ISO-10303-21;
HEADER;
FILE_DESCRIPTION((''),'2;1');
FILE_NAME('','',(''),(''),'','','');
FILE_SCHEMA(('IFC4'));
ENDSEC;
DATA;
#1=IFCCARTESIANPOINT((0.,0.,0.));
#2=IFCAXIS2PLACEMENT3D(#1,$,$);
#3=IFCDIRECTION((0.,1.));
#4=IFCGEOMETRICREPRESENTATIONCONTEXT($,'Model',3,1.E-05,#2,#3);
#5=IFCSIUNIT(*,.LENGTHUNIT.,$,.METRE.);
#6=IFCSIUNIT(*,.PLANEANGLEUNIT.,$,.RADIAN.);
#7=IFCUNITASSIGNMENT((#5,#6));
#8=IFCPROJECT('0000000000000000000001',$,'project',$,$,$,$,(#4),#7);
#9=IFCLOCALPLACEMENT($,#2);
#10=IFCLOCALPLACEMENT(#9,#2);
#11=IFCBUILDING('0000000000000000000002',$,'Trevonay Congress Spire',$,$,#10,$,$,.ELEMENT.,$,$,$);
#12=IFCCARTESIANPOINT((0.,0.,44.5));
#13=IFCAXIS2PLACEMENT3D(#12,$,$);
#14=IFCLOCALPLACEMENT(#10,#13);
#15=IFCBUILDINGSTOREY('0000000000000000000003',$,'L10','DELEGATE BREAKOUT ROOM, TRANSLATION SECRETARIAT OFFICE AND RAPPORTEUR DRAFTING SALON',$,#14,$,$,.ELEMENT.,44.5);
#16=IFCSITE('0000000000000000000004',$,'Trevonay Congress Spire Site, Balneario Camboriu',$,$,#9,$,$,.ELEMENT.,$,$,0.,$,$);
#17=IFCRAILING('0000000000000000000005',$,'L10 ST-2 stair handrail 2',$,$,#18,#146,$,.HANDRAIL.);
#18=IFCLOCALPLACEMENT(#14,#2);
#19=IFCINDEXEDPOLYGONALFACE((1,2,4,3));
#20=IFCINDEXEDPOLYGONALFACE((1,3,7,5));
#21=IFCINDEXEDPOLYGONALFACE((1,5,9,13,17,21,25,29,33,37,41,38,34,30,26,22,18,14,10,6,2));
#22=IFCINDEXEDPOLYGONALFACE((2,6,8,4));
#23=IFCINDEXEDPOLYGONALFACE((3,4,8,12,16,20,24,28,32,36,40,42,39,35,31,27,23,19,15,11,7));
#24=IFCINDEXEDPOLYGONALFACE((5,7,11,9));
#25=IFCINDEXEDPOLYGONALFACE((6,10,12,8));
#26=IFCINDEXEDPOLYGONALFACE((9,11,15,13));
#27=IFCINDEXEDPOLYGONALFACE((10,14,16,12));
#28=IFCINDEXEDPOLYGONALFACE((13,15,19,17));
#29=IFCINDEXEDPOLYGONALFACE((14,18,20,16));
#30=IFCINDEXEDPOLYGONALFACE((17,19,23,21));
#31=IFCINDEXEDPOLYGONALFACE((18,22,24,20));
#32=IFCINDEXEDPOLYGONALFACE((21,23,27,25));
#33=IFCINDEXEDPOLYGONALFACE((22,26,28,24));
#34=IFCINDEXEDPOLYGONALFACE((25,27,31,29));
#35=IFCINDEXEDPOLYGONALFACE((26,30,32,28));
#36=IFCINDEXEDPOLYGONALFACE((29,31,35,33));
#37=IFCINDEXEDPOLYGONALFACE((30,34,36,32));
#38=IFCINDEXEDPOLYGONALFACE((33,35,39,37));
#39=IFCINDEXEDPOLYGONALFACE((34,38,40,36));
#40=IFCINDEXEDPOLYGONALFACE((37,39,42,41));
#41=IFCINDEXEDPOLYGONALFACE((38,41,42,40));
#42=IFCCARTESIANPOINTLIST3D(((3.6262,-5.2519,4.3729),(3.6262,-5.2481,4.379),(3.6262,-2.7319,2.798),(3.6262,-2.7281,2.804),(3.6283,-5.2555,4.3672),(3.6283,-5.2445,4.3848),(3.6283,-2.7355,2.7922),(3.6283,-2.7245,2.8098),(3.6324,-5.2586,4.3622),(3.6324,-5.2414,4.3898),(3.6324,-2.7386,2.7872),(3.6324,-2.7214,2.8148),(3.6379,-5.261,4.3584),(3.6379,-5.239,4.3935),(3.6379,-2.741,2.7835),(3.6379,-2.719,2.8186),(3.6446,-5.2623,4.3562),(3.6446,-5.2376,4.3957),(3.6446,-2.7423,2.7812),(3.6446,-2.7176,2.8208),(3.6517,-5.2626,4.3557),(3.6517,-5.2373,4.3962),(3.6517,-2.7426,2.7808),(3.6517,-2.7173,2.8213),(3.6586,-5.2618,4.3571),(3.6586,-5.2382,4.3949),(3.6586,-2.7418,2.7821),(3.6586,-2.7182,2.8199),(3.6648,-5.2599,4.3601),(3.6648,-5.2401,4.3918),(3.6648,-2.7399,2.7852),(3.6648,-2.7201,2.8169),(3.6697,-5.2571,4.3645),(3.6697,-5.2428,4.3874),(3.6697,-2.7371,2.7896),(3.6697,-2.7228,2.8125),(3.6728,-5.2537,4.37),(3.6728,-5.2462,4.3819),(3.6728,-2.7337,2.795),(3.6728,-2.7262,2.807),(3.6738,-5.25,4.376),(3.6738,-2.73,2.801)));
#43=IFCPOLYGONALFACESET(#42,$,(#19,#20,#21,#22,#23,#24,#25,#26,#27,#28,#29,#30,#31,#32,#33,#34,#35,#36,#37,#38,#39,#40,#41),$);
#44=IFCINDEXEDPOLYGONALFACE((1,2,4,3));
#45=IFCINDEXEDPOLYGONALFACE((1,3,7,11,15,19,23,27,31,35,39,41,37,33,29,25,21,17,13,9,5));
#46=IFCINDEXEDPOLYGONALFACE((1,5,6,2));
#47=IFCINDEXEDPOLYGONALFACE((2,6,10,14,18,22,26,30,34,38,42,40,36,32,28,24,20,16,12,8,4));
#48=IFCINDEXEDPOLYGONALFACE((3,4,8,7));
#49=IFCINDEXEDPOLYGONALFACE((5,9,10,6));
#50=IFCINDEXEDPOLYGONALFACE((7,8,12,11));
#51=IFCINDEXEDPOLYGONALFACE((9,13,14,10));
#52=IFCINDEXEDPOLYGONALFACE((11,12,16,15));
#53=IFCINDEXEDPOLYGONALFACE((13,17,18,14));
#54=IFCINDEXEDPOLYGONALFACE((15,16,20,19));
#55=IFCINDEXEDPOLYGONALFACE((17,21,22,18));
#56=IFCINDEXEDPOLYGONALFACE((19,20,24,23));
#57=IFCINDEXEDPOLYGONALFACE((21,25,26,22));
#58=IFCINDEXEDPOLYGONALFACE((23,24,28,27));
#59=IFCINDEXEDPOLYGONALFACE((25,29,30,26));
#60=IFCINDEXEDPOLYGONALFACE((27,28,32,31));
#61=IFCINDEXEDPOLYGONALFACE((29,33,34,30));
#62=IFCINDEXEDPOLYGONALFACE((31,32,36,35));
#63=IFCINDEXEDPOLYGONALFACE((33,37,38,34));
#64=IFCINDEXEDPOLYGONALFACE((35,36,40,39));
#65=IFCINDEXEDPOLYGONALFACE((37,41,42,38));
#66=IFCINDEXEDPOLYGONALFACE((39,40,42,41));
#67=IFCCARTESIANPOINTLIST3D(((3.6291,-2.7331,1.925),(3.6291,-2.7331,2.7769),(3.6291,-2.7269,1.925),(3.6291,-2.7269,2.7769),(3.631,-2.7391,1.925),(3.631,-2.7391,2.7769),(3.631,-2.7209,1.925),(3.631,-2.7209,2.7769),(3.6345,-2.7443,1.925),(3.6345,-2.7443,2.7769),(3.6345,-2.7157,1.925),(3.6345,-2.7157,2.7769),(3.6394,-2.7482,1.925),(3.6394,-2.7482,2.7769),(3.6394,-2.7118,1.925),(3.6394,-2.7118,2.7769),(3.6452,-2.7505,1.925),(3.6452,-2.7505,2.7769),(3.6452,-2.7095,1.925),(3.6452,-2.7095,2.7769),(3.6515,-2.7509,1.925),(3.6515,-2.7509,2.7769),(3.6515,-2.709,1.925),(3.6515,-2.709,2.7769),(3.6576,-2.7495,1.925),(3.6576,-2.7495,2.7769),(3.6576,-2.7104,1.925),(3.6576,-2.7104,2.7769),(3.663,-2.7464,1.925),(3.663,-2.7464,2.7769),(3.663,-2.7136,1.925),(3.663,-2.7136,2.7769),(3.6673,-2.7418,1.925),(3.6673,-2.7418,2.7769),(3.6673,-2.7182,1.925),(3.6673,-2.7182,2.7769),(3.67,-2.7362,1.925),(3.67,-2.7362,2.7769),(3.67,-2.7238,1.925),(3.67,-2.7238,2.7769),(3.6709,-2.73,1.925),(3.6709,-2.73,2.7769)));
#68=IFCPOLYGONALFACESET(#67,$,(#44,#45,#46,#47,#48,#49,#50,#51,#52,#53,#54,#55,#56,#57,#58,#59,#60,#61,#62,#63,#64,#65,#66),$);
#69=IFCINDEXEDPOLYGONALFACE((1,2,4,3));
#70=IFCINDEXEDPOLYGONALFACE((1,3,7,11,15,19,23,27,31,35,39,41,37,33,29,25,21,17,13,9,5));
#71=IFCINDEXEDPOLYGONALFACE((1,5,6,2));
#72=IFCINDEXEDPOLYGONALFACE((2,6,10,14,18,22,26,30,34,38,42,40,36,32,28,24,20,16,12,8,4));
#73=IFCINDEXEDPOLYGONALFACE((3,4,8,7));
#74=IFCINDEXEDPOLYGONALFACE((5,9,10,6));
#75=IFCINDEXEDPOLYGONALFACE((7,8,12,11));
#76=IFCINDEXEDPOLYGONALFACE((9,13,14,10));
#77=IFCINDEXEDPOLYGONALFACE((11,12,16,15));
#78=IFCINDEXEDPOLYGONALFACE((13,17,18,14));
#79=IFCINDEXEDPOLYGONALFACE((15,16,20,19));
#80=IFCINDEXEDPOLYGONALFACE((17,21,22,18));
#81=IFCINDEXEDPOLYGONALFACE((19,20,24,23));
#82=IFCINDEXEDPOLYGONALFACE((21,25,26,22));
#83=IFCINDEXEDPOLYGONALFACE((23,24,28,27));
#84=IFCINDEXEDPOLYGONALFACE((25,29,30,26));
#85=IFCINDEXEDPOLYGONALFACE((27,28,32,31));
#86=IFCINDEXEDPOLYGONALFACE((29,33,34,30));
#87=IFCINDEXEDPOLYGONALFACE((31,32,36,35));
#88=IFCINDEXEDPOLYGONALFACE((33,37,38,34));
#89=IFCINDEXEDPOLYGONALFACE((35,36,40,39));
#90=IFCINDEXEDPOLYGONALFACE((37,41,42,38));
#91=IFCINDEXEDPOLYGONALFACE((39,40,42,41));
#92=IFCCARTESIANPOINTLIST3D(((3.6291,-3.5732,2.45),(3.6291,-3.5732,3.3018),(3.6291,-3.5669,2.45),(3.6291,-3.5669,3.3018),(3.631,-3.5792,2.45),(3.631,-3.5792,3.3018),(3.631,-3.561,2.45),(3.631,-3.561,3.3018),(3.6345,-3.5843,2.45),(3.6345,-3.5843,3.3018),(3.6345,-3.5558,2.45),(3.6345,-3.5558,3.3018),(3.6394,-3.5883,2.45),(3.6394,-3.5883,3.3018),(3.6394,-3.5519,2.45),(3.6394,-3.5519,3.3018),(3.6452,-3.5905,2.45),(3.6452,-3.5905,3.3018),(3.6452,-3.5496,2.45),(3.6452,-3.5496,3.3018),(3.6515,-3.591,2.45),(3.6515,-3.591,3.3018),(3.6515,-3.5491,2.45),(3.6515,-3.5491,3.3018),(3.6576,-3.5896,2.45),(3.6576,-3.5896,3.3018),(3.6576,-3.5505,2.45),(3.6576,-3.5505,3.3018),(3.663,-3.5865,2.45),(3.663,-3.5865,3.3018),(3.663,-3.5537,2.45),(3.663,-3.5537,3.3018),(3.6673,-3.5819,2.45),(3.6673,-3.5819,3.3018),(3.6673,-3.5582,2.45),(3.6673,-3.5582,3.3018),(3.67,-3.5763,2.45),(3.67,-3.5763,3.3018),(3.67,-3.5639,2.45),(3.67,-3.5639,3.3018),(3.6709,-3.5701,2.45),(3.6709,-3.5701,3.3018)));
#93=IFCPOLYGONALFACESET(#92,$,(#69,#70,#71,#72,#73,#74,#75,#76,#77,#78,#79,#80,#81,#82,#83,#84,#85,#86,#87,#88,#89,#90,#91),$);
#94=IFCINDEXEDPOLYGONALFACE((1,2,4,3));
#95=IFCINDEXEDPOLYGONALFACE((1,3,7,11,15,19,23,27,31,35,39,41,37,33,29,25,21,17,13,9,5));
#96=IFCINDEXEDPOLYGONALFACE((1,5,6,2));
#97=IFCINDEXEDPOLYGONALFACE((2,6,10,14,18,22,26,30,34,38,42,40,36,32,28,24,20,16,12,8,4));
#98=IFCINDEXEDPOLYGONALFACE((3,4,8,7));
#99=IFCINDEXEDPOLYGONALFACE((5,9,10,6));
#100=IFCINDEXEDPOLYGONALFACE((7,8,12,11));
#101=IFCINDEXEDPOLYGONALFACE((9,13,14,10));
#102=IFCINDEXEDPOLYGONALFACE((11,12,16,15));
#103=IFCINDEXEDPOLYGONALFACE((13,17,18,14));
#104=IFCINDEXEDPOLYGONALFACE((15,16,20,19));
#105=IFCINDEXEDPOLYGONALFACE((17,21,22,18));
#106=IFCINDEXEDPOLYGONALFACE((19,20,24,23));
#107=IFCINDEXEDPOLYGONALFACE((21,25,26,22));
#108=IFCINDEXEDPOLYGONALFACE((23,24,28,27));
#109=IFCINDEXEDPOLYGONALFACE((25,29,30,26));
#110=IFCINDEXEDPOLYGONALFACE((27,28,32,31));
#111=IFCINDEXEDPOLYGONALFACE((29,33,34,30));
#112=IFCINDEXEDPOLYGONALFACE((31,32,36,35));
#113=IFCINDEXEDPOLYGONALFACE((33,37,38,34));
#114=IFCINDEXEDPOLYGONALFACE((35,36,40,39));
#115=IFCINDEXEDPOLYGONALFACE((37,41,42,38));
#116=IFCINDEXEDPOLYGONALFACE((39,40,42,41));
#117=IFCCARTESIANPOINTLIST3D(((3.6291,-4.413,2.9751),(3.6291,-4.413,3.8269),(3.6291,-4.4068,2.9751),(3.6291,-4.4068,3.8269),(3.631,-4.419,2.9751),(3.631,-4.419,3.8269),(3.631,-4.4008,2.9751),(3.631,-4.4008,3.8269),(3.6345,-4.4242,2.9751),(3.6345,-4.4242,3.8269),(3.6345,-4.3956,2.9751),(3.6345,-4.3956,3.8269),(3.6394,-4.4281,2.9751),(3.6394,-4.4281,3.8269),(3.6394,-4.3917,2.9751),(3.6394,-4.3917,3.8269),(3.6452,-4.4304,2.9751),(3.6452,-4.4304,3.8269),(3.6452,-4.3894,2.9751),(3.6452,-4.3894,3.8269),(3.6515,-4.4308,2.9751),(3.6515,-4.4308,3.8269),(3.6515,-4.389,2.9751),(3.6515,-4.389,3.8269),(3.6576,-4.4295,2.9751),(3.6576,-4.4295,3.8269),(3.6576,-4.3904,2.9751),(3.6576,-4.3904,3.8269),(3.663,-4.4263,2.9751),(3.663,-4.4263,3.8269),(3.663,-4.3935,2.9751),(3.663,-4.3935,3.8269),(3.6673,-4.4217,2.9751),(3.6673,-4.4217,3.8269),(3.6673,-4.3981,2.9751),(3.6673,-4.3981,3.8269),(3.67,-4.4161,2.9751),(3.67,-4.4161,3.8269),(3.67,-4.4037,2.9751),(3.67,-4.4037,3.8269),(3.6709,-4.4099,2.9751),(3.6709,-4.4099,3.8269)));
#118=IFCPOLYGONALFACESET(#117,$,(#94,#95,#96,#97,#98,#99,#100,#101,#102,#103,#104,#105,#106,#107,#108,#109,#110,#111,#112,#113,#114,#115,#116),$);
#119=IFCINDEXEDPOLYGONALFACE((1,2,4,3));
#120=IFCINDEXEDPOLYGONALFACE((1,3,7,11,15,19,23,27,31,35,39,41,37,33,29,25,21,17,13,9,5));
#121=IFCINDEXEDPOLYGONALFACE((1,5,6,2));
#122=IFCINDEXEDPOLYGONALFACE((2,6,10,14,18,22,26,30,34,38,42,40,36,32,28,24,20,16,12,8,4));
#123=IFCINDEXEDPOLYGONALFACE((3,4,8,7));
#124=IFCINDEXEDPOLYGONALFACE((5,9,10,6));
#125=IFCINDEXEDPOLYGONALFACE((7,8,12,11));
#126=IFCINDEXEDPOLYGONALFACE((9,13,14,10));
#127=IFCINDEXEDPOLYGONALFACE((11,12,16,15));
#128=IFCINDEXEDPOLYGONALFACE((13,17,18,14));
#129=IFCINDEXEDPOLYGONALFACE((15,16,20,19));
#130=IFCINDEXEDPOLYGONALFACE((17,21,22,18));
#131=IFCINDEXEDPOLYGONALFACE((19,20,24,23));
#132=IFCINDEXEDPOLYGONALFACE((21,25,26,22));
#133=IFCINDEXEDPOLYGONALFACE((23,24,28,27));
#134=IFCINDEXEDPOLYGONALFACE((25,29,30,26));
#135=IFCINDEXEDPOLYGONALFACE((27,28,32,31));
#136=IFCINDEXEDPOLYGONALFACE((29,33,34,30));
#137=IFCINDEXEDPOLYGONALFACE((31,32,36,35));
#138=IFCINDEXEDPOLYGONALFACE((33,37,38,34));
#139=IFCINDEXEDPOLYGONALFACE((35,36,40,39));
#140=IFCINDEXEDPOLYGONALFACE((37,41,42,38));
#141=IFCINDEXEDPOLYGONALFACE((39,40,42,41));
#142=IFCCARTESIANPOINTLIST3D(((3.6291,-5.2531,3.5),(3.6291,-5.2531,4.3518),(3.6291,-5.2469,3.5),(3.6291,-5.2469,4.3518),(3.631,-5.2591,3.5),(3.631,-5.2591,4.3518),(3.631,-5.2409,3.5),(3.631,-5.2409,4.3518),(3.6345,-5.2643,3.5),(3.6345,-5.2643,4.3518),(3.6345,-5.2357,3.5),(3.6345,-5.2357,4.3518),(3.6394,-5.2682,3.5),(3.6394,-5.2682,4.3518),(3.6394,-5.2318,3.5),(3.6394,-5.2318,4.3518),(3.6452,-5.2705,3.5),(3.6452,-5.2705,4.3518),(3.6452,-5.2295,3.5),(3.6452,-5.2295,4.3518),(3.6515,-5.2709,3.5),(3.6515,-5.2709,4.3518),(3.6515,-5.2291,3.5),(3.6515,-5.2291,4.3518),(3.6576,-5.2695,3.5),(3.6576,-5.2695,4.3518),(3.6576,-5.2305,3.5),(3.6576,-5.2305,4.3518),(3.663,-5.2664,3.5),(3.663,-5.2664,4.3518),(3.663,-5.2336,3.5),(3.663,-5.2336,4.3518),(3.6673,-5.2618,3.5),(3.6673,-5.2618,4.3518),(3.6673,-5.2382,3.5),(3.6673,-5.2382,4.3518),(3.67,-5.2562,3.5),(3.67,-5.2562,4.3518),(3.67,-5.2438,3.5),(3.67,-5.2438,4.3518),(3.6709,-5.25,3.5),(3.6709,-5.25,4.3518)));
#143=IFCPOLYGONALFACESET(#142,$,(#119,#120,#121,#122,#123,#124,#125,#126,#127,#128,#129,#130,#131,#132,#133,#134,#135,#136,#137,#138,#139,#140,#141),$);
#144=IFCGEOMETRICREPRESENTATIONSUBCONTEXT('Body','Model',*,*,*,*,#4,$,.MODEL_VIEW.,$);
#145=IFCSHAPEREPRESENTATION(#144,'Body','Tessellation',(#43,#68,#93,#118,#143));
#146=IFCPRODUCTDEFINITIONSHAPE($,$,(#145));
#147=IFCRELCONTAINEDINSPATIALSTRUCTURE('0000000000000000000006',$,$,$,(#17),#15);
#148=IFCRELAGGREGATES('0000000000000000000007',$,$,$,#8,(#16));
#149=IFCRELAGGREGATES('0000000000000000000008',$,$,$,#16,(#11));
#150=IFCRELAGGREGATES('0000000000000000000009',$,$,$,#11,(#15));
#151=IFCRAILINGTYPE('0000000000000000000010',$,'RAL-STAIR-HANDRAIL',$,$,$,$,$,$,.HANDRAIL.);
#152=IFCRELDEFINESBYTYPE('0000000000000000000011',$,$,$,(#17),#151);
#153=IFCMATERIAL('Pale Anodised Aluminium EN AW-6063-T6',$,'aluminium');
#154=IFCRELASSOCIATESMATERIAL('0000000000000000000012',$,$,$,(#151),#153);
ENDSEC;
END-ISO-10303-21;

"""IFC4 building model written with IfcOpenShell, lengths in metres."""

from ifc_helpers import new_model, si_unit, direction, frame, origin, origin_2d, place, context, subcontext, project, spatial, circle, extrude, material, type_object, element, save


model = new_model("IFC4")

# Units and contexts
model_context = context("Model", 3, precision=1e-05, world=origin(), true_north=direction((0.0, 1.0)))
body_context = subcontext(model_context, "Body", "Model", "MODEL_VIEW")
ifc_project = project(units=[si_unit("LENGTHUNIT", "METRE"), si_unit("PLANEANGLEUNIT", "RADIAN")], contexts=[model_context])

# Site, building, storey
site_placement = place(None, origin())
site = spatial("IfcSite", under=ifc_project, at=site_placement, Name="Trevonay Congress Spire Site, Balneario Camboriu", CompositionType="ELEMENT", RefElevation=0.0)
building_placement = place(site_placement, origin())
building = spatial("IfcBuilding", under=site, at=building_placement, Name="Trevonay Congress Spire", CompositionType="ELEMENT")
storey_placement = place(building_placement, frame((0.0, 0.0, 44.5)))
storey = spatial("IfcBuildingStorey", under=building, at=storey_placement, Name="L10", Description="DELEGATE BREAKOUT ROOM, TRANSLATION SECRETARIAT OFFICE AND RAPPORTEUR DRAFTING SALON", CompositionType="ELEMENT", Elevation=44.5)

# Railing
ifc_material_1 = material(Name="Pale Anodised Aluminium EN AW-6063-T6", Category="aluminium")
railing_type_1 = type_object("IfcRailingType", Name="RAL-STAIR-HANDRAIL", PredefinedType="HANDRAIL", material=ifc_material_1)
railing_1_placement = place(storey_placement, frame((3.6499, -2.73, 1.925)))
element("IfcRailing", 1, at=railing_1_placement, inside=storey, type_object=railing_type_1, Name="L10 ST-2 stair handrail 2", PredefinedType="HANDRAIL", context=body_context, shape_type="SweptSolid", body=[
    extrude(circle(Radius=0.0239, at=origin_2d()), frame((0.0, 0.0, 0.876), z_axis=(0.0, -0.848008, 0.529984), x_axis=(1.0, 0.0, 0.0)), (0.0, 0.0, 1.0), 2.9717),
    extrude(circle(Radius=0.021, at=origin_2d()), origin(), (0.0, 0.0, 1.0), 0.8518),
    extrude(circle(Radius=0.021, at=origin_2d()), frame((0.0, -0.8401, 0.5249)), (0.0, 0.0, 1.0), 0.8518),
    extrude(circle(Radius=0.021, at=origin_2d()), frame((0.0, -1.6799, 1.05)), (0.0, 0.0, 1.0), 0.8518),
    extrude(circle(Radius=0.021, at=origin_2d()), frame((0.0, -2.52, 1.575)), (0.0, 0.0, 1.0), 0.8518),
])

save(model, "model.ifc")
